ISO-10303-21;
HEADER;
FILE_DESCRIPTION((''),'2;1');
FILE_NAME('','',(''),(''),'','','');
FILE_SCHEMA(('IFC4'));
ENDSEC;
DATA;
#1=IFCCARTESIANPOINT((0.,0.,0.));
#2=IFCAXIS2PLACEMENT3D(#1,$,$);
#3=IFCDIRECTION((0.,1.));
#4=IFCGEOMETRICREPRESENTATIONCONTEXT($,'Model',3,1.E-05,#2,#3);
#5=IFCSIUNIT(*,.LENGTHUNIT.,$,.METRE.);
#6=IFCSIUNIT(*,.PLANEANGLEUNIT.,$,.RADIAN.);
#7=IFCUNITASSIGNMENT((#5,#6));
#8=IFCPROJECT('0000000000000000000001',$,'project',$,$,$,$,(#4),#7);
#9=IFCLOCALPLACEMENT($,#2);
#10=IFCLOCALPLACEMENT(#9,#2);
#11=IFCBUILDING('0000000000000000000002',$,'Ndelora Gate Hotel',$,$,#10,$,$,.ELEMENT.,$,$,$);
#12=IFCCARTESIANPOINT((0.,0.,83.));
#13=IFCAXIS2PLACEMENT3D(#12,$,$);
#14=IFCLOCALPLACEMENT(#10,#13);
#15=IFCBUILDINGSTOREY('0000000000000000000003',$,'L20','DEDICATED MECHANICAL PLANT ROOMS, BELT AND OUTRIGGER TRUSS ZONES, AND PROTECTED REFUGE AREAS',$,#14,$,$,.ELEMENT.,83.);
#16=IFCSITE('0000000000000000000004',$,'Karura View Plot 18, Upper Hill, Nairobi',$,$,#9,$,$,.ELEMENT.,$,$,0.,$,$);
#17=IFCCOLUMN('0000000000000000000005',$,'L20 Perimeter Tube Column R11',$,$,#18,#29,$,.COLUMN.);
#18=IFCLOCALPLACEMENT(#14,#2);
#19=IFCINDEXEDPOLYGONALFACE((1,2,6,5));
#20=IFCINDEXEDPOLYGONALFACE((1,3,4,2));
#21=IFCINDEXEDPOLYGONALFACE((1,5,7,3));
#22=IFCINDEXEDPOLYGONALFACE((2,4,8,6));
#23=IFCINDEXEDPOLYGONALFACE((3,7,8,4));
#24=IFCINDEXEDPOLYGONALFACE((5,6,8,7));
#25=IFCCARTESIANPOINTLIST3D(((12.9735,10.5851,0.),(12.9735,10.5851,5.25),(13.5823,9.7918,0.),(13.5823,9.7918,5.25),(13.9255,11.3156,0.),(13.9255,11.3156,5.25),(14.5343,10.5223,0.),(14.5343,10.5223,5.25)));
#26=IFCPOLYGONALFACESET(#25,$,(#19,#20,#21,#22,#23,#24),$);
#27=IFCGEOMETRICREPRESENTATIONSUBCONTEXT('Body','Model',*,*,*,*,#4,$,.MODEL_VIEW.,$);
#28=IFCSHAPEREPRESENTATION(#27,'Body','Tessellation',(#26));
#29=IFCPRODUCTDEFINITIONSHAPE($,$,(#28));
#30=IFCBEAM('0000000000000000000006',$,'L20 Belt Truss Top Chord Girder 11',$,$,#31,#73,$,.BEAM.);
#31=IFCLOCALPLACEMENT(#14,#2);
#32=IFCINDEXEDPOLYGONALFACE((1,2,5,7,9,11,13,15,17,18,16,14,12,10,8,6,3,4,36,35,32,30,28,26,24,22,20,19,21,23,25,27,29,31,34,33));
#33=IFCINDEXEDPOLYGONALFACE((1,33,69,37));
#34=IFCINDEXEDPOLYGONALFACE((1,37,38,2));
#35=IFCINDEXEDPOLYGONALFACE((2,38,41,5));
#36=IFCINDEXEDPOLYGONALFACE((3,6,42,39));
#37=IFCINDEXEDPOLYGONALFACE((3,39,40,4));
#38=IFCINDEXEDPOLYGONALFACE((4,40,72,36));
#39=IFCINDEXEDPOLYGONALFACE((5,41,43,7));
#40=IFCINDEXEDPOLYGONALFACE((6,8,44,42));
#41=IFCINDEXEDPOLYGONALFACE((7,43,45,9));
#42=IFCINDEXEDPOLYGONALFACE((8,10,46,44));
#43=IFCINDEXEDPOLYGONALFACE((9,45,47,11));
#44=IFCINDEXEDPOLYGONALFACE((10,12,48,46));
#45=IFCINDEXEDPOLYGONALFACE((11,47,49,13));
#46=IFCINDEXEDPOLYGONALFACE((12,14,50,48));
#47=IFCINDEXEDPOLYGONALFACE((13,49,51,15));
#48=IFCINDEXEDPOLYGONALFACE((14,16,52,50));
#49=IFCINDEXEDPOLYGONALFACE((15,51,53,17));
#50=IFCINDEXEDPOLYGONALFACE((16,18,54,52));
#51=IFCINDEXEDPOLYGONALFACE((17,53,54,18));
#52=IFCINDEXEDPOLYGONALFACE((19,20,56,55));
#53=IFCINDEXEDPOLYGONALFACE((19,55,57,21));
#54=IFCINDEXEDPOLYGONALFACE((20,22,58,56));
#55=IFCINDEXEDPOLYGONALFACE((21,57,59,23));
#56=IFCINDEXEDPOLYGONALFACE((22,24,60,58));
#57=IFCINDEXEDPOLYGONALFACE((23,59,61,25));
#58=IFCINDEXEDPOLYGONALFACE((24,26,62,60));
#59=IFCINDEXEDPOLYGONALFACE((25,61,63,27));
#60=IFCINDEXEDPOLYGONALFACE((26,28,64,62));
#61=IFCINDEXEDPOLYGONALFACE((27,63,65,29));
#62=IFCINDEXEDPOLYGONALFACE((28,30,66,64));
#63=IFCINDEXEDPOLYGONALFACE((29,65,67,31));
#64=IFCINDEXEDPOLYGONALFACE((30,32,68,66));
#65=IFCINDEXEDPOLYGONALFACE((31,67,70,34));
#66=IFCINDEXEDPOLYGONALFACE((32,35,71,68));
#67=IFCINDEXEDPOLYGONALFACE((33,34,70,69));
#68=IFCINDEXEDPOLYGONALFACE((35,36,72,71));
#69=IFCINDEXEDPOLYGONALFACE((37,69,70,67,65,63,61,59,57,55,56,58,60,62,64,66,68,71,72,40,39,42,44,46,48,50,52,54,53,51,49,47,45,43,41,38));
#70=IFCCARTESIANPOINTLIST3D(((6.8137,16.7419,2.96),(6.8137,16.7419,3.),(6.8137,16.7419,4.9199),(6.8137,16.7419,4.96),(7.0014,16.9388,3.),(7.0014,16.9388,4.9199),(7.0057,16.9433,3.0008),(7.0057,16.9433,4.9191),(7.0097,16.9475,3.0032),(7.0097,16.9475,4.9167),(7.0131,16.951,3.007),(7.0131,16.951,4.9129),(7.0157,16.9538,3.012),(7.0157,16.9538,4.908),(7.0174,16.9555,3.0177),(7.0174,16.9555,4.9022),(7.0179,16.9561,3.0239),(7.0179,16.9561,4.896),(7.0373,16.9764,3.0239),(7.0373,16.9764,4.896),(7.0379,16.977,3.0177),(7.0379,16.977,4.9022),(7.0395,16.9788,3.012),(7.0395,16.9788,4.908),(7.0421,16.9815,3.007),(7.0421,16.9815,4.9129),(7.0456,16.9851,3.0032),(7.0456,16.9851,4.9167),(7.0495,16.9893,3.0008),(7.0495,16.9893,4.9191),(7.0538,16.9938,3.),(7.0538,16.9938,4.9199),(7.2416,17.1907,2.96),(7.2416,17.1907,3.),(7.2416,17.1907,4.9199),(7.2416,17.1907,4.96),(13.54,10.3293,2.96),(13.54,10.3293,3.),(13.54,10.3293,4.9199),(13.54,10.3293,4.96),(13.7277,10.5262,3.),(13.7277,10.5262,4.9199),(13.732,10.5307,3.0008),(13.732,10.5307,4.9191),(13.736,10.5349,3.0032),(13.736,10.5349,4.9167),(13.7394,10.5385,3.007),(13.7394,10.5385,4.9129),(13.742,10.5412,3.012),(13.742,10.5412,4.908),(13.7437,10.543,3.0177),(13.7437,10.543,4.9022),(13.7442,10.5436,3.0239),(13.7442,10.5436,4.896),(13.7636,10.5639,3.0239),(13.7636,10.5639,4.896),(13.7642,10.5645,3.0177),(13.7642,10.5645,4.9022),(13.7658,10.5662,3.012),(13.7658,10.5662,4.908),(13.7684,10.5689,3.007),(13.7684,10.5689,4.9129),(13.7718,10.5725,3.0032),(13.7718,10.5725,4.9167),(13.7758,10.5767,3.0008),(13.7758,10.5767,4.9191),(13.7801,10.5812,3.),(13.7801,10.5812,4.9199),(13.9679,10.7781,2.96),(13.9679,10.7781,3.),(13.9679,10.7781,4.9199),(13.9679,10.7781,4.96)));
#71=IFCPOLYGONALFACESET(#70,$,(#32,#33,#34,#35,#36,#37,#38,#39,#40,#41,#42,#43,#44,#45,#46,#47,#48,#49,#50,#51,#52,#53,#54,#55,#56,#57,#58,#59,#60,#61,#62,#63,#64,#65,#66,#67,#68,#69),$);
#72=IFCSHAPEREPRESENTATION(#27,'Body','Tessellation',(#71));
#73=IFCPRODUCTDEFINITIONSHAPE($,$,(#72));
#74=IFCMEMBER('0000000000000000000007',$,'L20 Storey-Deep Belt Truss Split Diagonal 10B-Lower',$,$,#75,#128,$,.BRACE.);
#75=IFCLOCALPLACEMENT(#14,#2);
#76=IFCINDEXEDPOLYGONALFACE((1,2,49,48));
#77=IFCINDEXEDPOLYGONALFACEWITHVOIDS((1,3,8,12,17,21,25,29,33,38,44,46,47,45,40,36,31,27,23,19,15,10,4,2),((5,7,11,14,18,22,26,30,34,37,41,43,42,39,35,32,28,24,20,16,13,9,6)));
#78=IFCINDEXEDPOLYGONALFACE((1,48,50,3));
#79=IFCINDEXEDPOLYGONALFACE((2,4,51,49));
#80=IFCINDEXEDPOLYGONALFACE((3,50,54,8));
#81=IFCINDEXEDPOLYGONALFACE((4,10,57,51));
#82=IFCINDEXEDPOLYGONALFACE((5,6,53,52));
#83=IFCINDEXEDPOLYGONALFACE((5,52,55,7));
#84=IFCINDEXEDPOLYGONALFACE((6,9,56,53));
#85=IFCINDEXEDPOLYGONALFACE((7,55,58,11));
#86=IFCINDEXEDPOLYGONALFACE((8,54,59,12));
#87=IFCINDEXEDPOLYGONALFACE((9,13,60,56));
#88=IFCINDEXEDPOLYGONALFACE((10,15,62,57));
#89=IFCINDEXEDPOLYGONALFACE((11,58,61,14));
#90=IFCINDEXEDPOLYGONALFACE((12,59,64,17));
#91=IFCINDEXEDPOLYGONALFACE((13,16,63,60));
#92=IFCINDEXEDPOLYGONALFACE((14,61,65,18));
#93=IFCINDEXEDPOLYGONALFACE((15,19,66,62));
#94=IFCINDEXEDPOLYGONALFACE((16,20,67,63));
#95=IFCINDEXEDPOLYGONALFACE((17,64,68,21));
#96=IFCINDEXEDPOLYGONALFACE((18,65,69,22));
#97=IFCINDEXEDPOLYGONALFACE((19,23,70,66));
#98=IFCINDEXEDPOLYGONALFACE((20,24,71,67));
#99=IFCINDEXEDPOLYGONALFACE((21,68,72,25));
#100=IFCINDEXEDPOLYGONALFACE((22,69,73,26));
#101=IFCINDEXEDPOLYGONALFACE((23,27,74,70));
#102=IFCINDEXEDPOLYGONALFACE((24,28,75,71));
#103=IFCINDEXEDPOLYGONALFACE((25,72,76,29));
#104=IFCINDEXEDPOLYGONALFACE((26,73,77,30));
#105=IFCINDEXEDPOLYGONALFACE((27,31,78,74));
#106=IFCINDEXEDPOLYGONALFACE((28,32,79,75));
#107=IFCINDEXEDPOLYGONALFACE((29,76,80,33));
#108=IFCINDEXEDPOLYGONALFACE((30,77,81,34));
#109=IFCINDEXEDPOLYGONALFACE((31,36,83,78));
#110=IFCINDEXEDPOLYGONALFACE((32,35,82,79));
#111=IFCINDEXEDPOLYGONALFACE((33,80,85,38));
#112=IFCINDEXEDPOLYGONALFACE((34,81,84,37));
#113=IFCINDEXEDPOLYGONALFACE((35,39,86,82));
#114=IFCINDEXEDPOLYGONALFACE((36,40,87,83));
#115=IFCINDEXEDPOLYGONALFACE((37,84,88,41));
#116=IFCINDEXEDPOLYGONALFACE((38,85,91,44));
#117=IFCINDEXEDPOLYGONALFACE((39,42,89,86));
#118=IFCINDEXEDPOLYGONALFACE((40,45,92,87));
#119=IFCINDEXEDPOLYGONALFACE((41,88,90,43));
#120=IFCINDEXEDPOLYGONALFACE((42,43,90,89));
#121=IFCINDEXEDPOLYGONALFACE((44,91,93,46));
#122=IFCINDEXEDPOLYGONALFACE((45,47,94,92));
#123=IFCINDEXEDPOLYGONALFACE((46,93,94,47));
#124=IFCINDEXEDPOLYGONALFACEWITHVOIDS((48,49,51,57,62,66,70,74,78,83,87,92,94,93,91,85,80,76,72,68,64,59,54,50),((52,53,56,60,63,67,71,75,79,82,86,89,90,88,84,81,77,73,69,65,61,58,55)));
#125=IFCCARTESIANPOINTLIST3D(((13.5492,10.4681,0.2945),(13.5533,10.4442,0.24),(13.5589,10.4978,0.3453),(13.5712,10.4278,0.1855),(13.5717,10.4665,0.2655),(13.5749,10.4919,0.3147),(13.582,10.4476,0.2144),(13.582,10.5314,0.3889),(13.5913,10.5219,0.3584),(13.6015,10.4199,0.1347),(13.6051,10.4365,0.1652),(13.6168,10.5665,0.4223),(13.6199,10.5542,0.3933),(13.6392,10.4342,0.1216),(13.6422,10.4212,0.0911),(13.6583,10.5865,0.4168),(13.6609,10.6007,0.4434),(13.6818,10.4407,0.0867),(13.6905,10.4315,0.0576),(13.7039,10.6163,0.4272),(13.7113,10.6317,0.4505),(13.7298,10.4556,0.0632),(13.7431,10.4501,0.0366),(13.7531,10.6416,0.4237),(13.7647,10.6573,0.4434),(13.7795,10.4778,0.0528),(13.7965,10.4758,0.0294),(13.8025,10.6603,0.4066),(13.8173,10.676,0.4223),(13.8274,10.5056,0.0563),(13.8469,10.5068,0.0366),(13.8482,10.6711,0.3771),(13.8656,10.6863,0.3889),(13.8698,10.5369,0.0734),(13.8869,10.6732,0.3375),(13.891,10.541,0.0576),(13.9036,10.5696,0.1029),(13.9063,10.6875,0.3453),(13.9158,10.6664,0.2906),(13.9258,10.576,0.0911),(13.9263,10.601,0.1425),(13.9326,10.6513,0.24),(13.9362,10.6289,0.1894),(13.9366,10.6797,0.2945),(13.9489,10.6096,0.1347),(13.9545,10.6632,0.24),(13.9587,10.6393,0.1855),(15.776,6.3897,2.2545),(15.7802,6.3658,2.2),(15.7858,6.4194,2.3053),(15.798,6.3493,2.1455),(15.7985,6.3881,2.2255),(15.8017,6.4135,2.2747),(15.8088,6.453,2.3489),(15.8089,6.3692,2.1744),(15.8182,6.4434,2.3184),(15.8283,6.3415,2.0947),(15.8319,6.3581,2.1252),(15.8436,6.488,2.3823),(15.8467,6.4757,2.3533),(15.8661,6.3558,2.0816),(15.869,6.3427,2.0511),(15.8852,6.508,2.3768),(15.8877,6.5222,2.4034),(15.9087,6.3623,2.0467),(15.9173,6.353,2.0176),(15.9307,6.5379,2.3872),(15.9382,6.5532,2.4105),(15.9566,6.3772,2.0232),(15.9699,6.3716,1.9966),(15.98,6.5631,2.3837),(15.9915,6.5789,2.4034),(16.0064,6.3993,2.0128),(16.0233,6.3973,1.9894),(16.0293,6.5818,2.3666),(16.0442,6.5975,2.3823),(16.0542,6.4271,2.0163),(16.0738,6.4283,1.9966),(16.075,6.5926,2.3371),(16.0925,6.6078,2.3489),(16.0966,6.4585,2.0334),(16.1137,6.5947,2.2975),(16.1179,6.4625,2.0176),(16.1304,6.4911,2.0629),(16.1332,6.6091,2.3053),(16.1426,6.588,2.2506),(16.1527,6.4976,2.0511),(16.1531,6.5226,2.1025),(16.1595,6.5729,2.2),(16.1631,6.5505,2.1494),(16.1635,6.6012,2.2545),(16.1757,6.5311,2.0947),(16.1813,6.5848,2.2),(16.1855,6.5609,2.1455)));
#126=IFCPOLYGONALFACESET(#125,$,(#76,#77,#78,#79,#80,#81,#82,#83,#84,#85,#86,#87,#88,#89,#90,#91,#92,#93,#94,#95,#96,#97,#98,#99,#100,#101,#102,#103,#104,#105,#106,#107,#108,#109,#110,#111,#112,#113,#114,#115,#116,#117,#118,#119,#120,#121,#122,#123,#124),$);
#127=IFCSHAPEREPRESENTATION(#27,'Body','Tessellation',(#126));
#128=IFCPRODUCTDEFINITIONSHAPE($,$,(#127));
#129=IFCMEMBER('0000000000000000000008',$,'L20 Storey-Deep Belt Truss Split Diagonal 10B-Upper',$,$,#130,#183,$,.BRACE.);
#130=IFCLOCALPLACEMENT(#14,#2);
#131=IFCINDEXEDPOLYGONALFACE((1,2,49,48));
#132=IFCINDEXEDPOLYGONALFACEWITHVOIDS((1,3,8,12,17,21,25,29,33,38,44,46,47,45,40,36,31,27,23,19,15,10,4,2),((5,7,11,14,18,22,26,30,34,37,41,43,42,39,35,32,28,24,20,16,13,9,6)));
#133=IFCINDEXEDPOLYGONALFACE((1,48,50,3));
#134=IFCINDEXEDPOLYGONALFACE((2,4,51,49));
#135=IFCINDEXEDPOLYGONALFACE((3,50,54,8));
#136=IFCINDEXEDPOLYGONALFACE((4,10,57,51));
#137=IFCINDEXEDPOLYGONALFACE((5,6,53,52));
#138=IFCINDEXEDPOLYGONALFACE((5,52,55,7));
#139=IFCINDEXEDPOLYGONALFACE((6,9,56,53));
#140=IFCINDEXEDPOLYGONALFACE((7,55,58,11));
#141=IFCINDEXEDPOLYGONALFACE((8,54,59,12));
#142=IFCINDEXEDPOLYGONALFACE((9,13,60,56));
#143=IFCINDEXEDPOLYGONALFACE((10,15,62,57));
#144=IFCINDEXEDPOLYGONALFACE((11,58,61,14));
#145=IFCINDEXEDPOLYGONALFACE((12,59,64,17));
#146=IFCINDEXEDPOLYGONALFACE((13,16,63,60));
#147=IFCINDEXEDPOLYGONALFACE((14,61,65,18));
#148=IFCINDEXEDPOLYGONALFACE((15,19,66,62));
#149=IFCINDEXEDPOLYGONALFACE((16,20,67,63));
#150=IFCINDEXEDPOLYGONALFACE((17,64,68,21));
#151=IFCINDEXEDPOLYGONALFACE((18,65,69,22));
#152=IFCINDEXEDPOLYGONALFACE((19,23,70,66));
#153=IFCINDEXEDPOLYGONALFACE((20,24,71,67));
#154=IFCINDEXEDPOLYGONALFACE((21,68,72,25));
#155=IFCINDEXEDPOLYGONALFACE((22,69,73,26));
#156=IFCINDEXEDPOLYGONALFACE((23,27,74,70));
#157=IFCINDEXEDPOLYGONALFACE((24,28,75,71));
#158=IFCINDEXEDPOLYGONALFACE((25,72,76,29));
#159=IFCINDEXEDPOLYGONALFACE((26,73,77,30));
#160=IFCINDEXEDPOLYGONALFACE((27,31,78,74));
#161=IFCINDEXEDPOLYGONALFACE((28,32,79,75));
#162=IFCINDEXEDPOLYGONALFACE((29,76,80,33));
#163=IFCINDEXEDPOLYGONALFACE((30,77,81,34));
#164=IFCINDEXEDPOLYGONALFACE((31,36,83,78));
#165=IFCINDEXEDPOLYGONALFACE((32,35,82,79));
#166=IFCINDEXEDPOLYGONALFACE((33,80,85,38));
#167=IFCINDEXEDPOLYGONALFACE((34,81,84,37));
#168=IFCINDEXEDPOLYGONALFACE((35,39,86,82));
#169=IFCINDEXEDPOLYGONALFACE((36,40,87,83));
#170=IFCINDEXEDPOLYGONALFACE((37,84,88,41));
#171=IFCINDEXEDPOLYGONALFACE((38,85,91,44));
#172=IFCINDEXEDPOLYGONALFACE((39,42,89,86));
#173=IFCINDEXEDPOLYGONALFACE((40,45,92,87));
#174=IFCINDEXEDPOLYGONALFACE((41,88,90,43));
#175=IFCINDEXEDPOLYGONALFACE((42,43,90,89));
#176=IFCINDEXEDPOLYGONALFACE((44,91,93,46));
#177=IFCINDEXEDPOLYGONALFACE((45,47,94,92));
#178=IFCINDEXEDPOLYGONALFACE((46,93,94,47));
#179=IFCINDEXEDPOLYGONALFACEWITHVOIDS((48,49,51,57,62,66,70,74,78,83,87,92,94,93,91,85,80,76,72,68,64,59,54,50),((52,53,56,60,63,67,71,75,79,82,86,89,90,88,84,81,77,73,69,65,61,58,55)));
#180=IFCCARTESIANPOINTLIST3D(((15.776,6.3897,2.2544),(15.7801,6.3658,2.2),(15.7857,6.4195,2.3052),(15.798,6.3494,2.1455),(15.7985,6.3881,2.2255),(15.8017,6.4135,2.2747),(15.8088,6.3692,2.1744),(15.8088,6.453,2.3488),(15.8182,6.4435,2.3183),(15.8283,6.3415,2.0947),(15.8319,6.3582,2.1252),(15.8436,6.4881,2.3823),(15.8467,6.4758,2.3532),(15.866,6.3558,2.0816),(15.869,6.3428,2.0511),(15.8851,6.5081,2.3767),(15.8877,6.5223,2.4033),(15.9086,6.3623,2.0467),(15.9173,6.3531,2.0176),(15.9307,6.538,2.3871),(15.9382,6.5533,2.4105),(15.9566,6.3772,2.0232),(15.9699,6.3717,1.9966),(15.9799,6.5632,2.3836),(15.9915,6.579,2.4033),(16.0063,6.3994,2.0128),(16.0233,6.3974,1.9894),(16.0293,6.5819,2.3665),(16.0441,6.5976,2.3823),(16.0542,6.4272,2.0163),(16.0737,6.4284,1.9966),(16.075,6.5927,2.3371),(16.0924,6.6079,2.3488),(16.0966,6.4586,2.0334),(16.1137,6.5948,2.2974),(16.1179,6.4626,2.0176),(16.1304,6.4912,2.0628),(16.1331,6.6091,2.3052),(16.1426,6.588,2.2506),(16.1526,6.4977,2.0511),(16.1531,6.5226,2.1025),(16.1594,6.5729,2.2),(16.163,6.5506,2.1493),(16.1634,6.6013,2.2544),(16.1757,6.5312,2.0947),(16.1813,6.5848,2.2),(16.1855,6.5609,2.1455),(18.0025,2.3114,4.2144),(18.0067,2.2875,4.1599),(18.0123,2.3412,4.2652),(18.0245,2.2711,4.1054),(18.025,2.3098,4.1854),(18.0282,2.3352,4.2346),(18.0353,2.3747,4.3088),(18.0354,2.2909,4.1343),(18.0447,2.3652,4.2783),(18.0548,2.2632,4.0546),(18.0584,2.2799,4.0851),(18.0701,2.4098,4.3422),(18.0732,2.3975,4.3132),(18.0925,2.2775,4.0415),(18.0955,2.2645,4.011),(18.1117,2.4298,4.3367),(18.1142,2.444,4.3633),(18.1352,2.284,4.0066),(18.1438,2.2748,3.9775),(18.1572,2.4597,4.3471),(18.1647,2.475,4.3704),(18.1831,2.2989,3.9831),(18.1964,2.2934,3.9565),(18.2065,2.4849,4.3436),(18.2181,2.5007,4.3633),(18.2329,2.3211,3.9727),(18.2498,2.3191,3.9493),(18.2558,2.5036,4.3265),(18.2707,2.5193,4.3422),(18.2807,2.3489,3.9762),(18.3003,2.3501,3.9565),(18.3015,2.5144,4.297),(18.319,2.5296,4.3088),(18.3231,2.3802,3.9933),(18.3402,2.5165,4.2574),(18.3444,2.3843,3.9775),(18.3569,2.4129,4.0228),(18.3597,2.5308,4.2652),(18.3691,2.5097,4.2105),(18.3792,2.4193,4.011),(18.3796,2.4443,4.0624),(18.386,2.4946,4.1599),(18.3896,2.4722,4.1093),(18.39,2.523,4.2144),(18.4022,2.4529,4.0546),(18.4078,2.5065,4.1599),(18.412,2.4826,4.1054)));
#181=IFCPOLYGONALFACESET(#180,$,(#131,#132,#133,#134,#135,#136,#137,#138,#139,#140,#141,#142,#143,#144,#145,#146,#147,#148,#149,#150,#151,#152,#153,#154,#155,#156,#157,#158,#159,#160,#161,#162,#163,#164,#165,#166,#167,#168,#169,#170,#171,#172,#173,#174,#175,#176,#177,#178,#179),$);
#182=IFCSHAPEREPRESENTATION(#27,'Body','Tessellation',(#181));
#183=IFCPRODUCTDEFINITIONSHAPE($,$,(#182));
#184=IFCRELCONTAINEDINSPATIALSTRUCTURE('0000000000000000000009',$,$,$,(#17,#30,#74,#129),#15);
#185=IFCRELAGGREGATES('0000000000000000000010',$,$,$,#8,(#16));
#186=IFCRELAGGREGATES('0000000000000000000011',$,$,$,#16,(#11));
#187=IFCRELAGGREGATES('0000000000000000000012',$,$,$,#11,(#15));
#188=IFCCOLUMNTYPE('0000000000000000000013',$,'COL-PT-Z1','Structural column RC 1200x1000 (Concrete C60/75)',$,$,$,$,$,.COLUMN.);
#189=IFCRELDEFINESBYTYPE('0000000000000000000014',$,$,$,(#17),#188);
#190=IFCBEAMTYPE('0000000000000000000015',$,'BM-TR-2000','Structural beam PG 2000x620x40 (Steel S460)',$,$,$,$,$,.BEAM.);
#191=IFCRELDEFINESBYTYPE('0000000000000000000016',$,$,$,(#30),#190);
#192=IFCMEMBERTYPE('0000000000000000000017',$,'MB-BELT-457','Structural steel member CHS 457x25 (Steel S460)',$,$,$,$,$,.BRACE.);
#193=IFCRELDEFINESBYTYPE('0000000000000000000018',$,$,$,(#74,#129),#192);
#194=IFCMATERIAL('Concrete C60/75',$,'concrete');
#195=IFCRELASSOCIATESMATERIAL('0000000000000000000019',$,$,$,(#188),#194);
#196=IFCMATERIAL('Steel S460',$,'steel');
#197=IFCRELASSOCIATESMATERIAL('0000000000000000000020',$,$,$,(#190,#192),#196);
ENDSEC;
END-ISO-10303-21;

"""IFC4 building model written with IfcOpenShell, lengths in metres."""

from ifc_helpers import new_model, si_unit, direction, frame, origin, origin_2d, place, context, subcontext, project, spatial, rectangle, hollow_circle, i_section, extrude, material, material_profile, profile_set, type_object, element, save


model = new_model("IFC4")

# Units and contexts
model_context = context("Model", 3, precision=1e-05, world=origin(), true_north=direction((0.0, 1.0)))
body_context = subcontext(model_context, "Body", "Model", "MODEL_VIEW")
ifc_project = project(units=[si_unit("LENGTHUNIT", "METRE"), si_unit("PLANEANGLEUNIT", "RADIAN")], contexts=[model_context])

# Site, building, storey
site_placement = place(None, origin())
site = spatial("IfcSite", under=ifc_project, at=site_placement, Name="Karura View Plot 18, Upper Hill, Nairobi", CompositionType="ELEMENT", RefElevation=0.0)
building_placement = place(site_placement, origin())
building = spatial("IfcBuilding", under=site, at=building_placement, Name="Ndelora Gate Hotel", CompositionType="ELEMENT")
storey_placement = place(building_placement, frame((0.0, 0.0, 83.0)))
storey = spatial("IfcBuildingStorey", under=building, at=storey_placement, Name="L20", Description="DEDICATED MECHANICAL PLANT ROOMS, BELT AND OUTRIGGER TRUSS ZONES, AND PROTECTED REFUGE AREAS", CompositionType="ELEMENT", Elevation=83.0)

# Column
ifc_material_1 = material(Name="Concrete C60/75", Category="concrete")
ifc_material_profile_1 = material_profile(ifc_material_1, rectangle(XDim=1.0, YDim=1.2, at=origin_2d()), Name="RC 1200x1000")
ifc_profile_set_1 = profile_set([ifc_material_profile_1], Name="Concrete C60/75")
column_type = type_object("IfcColumnType", Name="COL-PT-Z1", Description="Structural column RC 1200x1000 (Concrete C60/75)", PredefinedType="COLUMN", material=ifc_profile_set_1)
column_placement = place(storey_placement, frame((13.7539, 10.5537, 0.0), z_axis=(0.0, 0.0, 1.0), x_axis=(-0.608761, 0.793353, 0.0)))
element("IfcColumn", 1, at=column_placement, inside=storey, type_object=column_type, Name="L20 Perimeter Tube Column R11", PredefinedType="COLUMN", context=body_context, shape_type="SweptSolid", body=[
    extrude(rectangle(XDim=1.0, YDim=1.2, at=origin_2d()), origin(), (0.0, 0.0, 1.0), 5.25),
])

# Beam
ifc_material_2 = material(Name="Steel S460", Category="steel")
ifc_material_profile_2 = material_profile(ifc_material_2, i_section(OverallWidth=0.6201, OverallDepth=2.0, WebThickness=0.0281, FlangeThickness=0.04, FilletRadius=0.0239, at=origin_2d()), Name="PG 2000x620x40")
ifc_profile_set_2 = profile_set([ifc_material_profile_2], Name="Steel S460")
beam_type = type_object("IfcBeamType", Name="BM-TR-2000", Description="Structural beam PG 2000x620x40 (Steel S460)", PredefinedType="BEAM", material=ifc_profile_set_2)
beam_placement = place(storey_placement, frame((13.7539, 10.5537, 3.96), z_axis=(-0.723784, 0.690026, 0.0), x_axis=(-0.690026, -0.723784, 0.0)))
element("IfcBeam", 2, at=beam_placement, inside=storey, type_object=beam_type, Name="L20 Belt Truss Top Chord Girder 11", PredefinedType="BEAM", context=body_context, shape_type="SweptSolid", body=[
    extrude(i_section(OverallWidth=0.6201, OverallDepth=2.0, WebThickness=0.0281, FlangeThickness=0.04, FilletRadius=0.0239, at=origin_2d()), origin(), (0.0, 0.0, 1.0), 9.2932),
])

# Members
ifc_material_profile_3 = material_profile(ifc_material_2, hollow_circle(Radius=0.2285, WallThickness=0.0249, at=origin_2d()), Name="CHS 457x25")
ifc_profile_set_3 = profile_set([ifc_material_profile_3], Name="Steel S460")
member_type = type_object("IfcMemberType", Name="MB-BELT-457", Description="Structural steel member CHS 457x25 (Steel S460)", PredefinedType="BRACE", material=ifc_profile_set_3)
member_1_placement = place(storey_placement, frame((13.7539, 10.5537, 0.24), z_axis=(0.441552, -0.808697, 0.388639), x_axis=(0.877693, 0.479224, 0.0)))
element("IfcMember", 3, at=member_1_placement, inside=storey, type_object=member_type, Name="L20 Storey-Deep Belt Truss Split Diagonal 10B-Lower", PredefinedType="BRACE", context=body_context, shape_type="SweptSolid", body=[
    extrude(hollow_circle(Radius=0.2285, WallThickness=0.0249, at=origin_2d()), origin(), (0.0, 0.0, 1.0), 5.0432),
])
member_2_placement = place(storey_placement, frame((15.9807, 6.4753, 2.2), z_axis=(0.441513, -0.808715, 0.388648), x_axis=(0.877715, 0.479183, 0.0)))
element("IfcMember", 4, at=member_2_placement, inside=storey, type_object=member_type, Name="L20 Storey-Deep Belt Truss Split Diagonal 10B-Upper", PredefinedType="BRACE", context=body_context, shape_type="SweptSolid", body=[
    extrude(hollow_circle(Radius=0.2285, WallThickness=0.0249, at=origin_2d()), origin(), (0.0, 0.0, 1.0), 5.043),
])

save(model, "model.ifc")
